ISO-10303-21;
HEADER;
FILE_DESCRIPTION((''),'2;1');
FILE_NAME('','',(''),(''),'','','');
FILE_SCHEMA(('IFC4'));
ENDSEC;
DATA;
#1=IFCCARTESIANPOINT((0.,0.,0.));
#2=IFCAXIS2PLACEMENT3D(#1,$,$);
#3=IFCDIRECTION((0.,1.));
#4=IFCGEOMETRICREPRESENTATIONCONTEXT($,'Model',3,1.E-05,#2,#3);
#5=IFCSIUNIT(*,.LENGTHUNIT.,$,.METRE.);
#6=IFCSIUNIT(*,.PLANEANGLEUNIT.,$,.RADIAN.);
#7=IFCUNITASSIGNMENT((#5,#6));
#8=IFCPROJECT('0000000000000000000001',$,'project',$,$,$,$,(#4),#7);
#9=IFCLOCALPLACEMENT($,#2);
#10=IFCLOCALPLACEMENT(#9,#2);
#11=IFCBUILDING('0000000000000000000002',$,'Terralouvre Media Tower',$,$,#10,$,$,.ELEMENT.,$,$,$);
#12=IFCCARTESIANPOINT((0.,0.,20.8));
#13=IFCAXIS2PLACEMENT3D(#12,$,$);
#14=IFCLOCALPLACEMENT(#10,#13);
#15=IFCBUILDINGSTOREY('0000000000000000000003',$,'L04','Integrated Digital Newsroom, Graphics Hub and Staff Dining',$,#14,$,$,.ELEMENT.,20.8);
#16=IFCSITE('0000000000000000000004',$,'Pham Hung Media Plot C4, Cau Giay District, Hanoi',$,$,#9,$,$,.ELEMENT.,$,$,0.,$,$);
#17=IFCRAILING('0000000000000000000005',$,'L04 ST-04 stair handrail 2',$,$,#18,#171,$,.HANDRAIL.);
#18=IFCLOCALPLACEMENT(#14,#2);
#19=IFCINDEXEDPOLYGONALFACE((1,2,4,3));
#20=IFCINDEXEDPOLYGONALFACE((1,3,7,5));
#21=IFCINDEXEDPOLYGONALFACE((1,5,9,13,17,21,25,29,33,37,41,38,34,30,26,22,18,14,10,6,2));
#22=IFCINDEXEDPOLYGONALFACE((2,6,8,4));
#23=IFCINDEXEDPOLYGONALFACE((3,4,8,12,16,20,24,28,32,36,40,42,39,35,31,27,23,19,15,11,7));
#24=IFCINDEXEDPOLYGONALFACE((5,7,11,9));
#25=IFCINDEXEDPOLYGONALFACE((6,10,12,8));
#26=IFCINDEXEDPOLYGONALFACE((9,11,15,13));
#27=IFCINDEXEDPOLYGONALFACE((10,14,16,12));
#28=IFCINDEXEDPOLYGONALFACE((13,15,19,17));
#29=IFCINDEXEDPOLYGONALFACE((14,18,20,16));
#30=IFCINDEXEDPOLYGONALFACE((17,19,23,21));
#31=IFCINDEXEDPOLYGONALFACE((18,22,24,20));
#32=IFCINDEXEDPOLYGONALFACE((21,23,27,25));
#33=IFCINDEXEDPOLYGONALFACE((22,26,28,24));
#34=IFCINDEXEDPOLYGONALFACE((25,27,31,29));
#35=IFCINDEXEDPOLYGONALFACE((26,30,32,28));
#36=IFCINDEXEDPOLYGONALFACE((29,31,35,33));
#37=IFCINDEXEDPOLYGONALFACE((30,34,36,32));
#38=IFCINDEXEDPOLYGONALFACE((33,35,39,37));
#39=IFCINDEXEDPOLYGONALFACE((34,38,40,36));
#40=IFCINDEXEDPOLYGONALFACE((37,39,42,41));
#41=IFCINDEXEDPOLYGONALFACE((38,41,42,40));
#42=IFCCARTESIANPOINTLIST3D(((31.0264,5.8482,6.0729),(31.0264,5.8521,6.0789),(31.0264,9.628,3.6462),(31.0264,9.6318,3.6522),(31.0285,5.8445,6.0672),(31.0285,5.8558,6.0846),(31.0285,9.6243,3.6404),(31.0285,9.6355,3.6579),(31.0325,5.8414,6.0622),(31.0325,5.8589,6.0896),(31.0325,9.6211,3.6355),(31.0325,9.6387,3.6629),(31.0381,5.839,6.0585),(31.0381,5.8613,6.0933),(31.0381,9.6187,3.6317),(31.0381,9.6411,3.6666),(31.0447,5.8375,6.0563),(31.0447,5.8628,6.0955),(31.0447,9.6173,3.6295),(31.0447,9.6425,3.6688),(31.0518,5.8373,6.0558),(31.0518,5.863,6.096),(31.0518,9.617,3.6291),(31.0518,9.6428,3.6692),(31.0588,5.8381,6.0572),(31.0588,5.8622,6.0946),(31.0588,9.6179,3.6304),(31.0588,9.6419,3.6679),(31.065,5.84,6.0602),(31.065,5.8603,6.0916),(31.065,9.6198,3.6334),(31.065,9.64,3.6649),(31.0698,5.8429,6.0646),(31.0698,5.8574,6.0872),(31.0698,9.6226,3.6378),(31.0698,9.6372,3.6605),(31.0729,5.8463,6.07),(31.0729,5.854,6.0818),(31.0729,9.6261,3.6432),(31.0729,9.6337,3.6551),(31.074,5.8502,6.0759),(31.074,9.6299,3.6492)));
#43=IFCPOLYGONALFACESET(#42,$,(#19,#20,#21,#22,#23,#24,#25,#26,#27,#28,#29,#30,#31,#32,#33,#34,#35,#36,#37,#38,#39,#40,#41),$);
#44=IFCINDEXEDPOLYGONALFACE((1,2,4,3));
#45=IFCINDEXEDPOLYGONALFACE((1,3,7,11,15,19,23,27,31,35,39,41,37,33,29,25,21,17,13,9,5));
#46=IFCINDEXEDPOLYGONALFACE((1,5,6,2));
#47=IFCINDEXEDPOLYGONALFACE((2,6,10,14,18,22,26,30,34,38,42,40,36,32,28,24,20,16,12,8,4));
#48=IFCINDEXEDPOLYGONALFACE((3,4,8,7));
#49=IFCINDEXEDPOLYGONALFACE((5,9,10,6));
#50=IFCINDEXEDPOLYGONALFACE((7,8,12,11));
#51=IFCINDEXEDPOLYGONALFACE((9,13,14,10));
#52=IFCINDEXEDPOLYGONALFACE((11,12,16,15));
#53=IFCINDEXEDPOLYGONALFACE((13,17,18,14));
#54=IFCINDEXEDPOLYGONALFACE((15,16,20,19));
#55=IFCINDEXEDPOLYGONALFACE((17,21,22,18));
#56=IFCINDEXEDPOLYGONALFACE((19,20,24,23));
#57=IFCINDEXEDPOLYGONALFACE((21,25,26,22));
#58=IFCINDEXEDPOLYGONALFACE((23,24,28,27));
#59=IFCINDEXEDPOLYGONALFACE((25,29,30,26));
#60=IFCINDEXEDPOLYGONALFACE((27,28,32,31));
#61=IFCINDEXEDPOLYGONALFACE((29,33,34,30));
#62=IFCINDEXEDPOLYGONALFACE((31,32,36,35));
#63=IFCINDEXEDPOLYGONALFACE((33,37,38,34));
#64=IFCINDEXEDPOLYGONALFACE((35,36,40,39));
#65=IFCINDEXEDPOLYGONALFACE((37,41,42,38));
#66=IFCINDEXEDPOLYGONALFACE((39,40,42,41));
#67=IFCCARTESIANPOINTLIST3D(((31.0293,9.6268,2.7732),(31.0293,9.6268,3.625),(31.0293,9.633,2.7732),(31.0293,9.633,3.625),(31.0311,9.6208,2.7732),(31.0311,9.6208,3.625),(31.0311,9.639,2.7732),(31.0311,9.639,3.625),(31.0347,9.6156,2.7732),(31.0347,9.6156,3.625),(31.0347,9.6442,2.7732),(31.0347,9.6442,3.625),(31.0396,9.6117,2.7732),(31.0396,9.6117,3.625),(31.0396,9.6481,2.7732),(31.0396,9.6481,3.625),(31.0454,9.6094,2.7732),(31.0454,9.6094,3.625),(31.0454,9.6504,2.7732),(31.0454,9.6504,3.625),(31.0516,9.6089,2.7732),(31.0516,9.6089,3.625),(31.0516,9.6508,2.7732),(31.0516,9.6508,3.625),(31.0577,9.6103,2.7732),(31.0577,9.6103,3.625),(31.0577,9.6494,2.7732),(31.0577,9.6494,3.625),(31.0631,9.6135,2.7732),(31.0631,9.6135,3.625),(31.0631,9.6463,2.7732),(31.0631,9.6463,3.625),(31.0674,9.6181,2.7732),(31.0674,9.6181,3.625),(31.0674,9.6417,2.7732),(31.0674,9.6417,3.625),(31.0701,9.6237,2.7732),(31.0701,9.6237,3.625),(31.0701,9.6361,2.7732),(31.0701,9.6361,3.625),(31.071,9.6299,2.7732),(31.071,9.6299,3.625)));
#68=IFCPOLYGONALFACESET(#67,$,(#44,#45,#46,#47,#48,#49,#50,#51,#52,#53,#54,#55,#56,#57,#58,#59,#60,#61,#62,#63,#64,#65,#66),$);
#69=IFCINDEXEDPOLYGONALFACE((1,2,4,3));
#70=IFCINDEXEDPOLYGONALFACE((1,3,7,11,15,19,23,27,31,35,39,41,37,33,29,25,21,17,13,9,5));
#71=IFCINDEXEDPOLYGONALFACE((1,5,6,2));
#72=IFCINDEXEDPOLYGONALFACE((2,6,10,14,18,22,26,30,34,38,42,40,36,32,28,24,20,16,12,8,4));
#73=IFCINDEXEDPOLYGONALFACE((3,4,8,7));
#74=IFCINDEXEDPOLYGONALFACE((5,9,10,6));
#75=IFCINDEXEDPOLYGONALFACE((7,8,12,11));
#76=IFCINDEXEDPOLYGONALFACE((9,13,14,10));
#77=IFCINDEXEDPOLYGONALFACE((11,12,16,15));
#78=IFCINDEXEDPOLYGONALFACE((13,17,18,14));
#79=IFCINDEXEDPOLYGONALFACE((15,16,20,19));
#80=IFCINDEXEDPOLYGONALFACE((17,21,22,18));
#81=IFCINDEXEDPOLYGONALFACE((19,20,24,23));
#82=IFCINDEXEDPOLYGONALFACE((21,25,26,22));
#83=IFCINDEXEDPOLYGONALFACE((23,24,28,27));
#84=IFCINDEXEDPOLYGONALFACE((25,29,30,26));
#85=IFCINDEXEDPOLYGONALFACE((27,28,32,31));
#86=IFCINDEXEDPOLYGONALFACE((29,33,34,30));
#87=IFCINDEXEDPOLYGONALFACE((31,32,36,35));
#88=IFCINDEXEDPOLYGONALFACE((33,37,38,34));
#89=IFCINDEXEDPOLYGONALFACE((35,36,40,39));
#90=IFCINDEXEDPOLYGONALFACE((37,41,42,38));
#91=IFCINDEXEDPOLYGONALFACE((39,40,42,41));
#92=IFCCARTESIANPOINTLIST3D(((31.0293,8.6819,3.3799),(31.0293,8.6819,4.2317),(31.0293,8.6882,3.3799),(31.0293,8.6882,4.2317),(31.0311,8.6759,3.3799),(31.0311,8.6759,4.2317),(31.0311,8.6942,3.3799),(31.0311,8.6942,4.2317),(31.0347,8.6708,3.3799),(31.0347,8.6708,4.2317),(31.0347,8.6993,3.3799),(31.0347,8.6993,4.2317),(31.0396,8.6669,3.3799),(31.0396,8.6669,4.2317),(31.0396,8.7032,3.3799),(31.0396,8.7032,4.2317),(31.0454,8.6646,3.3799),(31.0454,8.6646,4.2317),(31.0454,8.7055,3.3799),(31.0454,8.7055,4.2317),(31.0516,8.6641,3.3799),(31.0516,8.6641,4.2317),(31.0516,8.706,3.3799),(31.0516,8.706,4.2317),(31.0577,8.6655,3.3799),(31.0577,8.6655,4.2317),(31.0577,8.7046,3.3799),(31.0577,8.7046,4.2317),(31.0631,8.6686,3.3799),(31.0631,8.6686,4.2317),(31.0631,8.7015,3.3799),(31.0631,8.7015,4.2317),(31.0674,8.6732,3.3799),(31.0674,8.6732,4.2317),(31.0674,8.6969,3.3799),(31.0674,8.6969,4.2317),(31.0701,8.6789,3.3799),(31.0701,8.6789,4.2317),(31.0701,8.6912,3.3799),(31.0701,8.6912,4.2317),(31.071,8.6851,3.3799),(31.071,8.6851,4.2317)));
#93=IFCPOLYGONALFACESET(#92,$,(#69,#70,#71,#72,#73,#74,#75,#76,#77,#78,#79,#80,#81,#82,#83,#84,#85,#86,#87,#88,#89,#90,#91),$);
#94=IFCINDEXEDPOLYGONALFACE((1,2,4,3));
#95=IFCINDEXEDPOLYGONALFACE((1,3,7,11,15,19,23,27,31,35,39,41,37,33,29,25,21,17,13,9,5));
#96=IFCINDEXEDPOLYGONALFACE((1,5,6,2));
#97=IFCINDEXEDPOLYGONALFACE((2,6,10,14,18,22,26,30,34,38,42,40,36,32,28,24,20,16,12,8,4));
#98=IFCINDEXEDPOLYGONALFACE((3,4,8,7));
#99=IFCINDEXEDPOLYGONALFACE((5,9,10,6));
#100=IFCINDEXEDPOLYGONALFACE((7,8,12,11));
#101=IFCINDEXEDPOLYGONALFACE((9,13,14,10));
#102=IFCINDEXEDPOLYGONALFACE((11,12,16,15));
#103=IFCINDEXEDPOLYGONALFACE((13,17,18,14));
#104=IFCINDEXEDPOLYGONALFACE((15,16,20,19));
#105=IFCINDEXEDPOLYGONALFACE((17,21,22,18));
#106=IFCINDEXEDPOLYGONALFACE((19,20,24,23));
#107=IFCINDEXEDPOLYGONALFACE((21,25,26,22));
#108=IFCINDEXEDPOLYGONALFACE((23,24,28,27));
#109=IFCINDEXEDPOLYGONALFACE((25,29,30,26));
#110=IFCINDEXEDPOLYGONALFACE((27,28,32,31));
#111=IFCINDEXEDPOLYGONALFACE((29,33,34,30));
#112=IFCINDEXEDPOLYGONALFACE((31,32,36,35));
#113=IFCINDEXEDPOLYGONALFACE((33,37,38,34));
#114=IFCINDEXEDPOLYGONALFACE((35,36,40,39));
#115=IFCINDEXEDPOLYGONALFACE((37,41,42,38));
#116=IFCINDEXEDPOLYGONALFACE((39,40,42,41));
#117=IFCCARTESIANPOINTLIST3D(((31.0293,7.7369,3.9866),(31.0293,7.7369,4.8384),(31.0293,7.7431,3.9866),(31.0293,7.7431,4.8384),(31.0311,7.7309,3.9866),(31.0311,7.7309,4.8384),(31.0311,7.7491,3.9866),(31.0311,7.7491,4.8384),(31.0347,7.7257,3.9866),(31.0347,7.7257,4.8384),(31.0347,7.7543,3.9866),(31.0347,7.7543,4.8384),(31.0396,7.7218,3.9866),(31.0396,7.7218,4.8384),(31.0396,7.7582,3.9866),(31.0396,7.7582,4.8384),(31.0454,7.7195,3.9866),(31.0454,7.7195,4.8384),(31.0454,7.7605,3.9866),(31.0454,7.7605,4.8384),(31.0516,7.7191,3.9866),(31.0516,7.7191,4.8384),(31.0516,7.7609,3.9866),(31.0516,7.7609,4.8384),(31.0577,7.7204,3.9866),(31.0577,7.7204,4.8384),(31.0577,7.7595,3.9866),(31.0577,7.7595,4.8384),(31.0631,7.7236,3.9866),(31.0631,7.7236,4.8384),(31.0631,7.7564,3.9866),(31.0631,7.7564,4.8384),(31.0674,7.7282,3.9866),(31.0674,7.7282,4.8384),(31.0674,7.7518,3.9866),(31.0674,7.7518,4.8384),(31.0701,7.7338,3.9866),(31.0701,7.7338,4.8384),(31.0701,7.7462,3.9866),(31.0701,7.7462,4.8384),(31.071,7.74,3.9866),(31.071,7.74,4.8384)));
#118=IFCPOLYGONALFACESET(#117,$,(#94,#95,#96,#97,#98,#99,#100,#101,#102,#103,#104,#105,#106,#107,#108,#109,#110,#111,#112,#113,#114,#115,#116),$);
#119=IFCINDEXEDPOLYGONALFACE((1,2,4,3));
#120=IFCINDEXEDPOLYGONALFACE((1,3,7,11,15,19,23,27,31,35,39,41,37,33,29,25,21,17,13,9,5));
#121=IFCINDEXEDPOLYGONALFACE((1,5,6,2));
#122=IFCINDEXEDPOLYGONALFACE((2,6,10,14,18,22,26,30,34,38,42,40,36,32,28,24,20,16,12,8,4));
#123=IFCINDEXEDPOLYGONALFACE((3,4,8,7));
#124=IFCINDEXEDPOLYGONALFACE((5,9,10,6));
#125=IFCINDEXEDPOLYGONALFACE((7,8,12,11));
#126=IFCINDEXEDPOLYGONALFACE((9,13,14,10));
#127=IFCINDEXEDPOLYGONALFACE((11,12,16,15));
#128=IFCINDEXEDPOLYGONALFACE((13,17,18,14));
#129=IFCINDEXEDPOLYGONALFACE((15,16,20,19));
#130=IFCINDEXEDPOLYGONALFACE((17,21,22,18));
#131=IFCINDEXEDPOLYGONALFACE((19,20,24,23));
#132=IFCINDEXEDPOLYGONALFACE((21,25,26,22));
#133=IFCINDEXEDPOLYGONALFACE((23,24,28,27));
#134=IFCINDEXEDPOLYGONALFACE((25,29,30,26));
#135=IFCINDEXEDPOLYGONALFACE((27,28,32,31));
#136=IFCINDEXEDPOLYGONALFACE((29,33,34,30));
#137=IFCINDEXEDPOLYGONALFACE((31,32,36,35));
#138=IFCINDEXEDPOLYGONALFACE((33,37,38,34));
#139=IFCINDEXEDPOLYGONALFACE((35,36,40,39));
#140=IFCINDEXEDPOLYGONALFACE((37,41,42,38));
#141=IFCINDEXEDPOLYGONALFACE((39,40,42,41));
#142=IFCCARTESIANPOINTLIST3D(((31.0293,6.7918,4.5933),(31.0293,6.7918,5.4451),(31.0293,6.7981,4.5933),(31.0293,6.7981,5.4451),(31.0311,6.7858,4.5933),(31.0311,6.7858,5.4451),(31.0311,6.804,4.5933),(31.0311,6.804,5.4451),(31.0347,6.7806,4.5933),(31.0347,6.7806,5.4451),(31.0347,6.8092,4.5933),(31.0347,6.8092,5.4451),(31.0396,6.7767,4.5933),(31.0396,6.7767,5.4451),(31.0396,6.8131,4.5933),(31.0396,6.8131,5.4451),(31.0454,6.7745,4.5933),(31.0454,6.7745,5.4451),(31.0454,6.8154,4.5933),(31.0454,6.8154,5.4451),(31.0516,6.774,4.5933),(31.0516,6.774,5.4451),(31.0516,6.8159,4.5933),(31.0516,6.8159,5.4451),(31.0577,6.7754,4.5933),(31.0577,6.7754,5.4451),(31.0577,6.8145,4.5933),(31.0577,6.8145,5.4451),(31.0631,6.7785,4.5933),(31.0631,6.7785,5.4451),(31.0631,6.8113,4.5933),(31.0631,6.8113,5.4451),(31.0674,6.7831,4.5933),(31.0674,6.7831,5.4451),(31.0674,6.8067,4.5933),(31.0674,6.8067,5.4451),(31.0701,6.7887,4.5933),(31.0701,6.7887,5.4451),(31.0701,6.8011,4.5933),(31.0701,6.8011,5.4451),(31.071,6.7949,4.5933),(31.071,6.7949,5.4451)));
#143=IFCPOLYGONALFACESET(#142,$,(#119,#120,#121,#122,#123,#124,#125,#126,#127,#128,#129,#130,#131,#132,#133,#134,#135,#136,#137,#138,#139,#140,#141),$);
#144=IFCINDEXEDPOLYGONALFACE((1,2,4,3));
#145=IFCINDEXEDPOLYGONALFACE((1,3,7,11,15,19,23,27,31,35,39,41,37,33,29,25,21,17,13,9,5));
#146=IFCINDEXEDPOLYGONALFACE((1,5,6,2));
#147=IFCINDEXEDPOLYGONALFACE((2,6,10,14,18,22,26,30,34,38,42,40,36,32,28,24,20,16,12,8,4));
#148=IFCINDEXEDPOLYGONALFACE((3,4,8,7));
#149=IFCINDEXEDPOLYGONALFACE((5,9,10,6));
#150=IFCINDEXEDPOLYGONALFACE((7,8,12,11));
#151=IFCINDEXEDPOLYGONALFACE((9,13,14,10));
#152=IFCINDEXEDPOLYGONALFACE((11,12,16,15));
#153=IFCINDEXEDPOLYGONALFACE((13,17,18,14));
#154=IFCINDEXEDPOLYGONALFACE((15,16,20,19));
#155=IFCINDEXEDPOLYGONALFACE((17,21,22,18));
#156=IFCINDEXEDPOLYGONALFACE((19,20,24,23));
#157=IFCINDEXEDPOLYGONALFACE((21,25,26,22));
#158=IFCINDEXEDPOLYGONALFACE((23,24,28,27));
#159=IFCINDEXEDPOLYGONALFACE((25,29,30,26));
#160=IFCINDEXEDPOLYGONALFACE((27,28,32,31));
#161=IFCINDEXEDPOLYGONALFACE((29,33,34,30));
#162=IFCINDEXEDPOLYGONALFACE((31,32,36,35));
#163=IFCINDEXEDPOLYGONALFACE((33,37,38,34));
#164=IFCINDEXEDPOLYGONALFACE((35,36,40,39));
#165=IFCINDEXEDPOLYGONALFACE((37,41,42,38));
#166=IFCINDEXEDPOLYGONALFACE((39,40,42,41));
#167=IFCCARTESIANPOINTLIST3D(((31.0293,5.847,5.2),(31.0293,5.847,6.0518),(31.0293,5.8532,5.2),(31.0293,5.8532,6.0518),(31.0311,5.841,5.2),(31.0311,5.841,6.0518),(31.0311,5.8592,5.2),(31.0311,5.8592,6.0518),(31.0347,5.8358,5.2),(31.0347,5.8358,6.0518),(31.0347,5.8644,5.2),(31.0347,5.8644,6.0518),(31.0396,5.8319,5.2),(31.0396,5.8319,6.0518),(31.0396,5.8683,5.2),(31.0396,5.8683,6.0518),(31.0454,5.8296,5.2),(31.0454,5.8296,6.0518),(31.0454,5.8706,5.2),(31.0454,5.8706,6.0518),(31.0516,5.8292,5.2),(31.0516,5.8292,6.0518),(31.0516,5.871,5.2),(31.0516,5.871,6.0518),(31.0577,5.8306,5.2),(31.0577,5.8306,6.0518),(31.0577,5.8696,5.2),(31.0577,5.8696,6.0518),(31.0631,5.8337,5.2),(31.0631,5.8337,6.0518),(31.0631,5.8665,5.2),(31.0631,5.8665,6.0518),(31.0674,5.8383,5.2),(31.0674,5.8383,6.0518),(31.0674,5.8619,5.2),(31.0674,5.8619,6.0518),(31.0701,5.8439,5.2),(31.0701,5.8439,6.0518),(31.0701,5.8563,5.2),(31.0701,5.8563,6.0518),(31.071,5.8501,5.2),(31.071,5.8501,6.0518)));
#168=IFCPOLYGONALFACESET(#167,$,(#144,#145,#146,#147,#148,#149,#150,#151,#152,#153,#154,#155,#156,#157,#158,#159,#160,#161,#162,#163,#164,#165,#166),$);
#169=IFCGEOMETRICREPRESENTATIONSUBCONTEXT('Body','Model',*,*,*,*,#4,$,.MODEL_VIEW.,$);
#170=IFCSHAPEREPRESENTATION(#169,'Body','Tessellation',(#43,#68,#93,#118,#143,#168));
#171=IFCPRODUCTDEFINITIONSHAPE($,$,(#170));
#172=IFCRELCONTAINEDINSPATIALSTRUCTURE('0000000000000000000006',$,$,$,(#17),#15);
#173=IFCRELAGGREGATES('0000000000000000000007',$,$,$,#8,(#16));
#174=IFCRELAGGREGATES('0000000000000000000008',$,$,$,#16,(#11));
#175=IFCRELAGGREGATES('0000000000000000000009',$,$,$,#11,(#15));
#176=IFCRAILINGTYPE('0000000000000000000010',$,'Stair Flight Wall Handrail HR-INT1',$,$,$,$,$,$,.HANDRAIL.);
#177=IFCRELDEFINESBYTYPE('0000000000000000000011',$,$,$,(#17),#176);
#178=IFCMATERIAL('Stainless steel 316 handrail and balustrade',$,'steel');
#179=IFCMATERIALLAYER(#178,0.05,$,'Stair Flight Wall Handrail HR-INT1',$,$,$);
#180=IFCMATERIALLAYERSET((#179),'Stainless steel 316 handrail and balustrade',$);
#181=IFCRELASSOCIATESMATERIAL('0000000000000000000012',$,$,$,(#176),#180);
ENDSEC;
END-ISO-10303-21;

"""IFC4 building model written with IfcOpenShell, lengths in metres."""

from ifc_helpers import new_model, si_unit, direction, frame, origin, origin_2d, place, context, subcontext, project, spatial, circle, extrude, material, layer, layer_set, type_object, element, save


model = new_model("IFC4")

# Units and contexts
model_context = context("Model", 3, precision=1e-05, world=origin(), true_north=direction((0.0, 1.0)))
body_context = subcontext(model_context, "Body", "Model", "MODEL_VIEW")
ifc_project = project(units=[si_unit("LENGTHUNIT", "METRE"), si_unit("PLANEANGLEUNIT", "RADIAN")], contexts=[model_context])

# Site, building, storey
site_placement = place(None, origin())
site = spatial("IfcSite", under=ifc_project, at=site_placement, Name="Pham Hung Media Plot C4, Cau Giay District, Hanoi", CompositionType="ELEMENT", RefElevation=0.0)
building_placement = place(site_placement, origin())
building = spatial("IfcBuilding", under=site, at=building_placement, Name="Terralouvre Media Tower", CompositionType="ELEMENT")
storey_placement = place(building_placement, frame((0.0, 0.0, 20.8)))
storey = spatial("IfcBuildingStorey", under=building, at=storey_placement, Name="L04", Description="Integrated Digital Newsroom, Graphics Hub and Staff Dining", CompositionType="ELEMENT", Elevation=20.8)

# Railing
ifc_material_1 = material(Name="Stainless steel 316 handrail and balustrade", Category="steel")
ifc_layer_1 = layer(ifc_material_1, 0.05, Name="Stair Flight Wall Handrail HR-INT1")
ifc_layer_set_1 = layer_set([ifc_layer_1], Name="Stainless steel 316 handrail and balustrade")
railing_type_1 = type_object("IfcRailingType", Name="Stair Flight Wall Handrail HR-INT1", PredefinedType="HANDRAIL", material=ifc_layer_set_1)
railing_1_placement = place(storey_placement, frame((31.05, 9.6299, 2.7732)))
element("IfcRailing", 1, at=railing_1_placement, inside=storey, type_object=railing_type_1, Name="L04 ST-04 stair handrail 2", PredefinedType="HANDRAIL", context=body_context, shape_type="SweptSolid", body=[
    extrude(circle(Radius=0.0239, at=origin_2d()), frame((0.0, 0.0, 0.876), z_axis=(0.0, -0.841493, 0.540269), x_axis=(1.0, 0.0, 0.0)), (0.0, 0.0, 1.0), 4.4917),
    extrude(circle(Radius=0.021, at=origin_2d()), origin(), (0.0, 0.0, 1.0), 0.8518),
    extrude(circle(Radius=0.021, at=origin_2d()), frame((0.0, -0.9448, 0.6067)), (0.0, 0.0, 1.0), 0.8518),
    extrude(circle(Radius=0.021, at=origin_2d()), frame((0.0, -1.8899, 1.2134)), (0.0, 0.0, 1.0), 0.8518),
    extrude(circle(Radius=0.021, at=origin_2d()), frame((0.0, -2.835, 1.8201)), (0.0, 0.0, 1.0), 0.8518),
    extrude(circle(Radius=0.021, at=origin_2d()), frame((0.0, -3.7798, 2.4268)), (0.0, 0.0, 1.0), 0.8518),
])

save(model, "model.ifc")
